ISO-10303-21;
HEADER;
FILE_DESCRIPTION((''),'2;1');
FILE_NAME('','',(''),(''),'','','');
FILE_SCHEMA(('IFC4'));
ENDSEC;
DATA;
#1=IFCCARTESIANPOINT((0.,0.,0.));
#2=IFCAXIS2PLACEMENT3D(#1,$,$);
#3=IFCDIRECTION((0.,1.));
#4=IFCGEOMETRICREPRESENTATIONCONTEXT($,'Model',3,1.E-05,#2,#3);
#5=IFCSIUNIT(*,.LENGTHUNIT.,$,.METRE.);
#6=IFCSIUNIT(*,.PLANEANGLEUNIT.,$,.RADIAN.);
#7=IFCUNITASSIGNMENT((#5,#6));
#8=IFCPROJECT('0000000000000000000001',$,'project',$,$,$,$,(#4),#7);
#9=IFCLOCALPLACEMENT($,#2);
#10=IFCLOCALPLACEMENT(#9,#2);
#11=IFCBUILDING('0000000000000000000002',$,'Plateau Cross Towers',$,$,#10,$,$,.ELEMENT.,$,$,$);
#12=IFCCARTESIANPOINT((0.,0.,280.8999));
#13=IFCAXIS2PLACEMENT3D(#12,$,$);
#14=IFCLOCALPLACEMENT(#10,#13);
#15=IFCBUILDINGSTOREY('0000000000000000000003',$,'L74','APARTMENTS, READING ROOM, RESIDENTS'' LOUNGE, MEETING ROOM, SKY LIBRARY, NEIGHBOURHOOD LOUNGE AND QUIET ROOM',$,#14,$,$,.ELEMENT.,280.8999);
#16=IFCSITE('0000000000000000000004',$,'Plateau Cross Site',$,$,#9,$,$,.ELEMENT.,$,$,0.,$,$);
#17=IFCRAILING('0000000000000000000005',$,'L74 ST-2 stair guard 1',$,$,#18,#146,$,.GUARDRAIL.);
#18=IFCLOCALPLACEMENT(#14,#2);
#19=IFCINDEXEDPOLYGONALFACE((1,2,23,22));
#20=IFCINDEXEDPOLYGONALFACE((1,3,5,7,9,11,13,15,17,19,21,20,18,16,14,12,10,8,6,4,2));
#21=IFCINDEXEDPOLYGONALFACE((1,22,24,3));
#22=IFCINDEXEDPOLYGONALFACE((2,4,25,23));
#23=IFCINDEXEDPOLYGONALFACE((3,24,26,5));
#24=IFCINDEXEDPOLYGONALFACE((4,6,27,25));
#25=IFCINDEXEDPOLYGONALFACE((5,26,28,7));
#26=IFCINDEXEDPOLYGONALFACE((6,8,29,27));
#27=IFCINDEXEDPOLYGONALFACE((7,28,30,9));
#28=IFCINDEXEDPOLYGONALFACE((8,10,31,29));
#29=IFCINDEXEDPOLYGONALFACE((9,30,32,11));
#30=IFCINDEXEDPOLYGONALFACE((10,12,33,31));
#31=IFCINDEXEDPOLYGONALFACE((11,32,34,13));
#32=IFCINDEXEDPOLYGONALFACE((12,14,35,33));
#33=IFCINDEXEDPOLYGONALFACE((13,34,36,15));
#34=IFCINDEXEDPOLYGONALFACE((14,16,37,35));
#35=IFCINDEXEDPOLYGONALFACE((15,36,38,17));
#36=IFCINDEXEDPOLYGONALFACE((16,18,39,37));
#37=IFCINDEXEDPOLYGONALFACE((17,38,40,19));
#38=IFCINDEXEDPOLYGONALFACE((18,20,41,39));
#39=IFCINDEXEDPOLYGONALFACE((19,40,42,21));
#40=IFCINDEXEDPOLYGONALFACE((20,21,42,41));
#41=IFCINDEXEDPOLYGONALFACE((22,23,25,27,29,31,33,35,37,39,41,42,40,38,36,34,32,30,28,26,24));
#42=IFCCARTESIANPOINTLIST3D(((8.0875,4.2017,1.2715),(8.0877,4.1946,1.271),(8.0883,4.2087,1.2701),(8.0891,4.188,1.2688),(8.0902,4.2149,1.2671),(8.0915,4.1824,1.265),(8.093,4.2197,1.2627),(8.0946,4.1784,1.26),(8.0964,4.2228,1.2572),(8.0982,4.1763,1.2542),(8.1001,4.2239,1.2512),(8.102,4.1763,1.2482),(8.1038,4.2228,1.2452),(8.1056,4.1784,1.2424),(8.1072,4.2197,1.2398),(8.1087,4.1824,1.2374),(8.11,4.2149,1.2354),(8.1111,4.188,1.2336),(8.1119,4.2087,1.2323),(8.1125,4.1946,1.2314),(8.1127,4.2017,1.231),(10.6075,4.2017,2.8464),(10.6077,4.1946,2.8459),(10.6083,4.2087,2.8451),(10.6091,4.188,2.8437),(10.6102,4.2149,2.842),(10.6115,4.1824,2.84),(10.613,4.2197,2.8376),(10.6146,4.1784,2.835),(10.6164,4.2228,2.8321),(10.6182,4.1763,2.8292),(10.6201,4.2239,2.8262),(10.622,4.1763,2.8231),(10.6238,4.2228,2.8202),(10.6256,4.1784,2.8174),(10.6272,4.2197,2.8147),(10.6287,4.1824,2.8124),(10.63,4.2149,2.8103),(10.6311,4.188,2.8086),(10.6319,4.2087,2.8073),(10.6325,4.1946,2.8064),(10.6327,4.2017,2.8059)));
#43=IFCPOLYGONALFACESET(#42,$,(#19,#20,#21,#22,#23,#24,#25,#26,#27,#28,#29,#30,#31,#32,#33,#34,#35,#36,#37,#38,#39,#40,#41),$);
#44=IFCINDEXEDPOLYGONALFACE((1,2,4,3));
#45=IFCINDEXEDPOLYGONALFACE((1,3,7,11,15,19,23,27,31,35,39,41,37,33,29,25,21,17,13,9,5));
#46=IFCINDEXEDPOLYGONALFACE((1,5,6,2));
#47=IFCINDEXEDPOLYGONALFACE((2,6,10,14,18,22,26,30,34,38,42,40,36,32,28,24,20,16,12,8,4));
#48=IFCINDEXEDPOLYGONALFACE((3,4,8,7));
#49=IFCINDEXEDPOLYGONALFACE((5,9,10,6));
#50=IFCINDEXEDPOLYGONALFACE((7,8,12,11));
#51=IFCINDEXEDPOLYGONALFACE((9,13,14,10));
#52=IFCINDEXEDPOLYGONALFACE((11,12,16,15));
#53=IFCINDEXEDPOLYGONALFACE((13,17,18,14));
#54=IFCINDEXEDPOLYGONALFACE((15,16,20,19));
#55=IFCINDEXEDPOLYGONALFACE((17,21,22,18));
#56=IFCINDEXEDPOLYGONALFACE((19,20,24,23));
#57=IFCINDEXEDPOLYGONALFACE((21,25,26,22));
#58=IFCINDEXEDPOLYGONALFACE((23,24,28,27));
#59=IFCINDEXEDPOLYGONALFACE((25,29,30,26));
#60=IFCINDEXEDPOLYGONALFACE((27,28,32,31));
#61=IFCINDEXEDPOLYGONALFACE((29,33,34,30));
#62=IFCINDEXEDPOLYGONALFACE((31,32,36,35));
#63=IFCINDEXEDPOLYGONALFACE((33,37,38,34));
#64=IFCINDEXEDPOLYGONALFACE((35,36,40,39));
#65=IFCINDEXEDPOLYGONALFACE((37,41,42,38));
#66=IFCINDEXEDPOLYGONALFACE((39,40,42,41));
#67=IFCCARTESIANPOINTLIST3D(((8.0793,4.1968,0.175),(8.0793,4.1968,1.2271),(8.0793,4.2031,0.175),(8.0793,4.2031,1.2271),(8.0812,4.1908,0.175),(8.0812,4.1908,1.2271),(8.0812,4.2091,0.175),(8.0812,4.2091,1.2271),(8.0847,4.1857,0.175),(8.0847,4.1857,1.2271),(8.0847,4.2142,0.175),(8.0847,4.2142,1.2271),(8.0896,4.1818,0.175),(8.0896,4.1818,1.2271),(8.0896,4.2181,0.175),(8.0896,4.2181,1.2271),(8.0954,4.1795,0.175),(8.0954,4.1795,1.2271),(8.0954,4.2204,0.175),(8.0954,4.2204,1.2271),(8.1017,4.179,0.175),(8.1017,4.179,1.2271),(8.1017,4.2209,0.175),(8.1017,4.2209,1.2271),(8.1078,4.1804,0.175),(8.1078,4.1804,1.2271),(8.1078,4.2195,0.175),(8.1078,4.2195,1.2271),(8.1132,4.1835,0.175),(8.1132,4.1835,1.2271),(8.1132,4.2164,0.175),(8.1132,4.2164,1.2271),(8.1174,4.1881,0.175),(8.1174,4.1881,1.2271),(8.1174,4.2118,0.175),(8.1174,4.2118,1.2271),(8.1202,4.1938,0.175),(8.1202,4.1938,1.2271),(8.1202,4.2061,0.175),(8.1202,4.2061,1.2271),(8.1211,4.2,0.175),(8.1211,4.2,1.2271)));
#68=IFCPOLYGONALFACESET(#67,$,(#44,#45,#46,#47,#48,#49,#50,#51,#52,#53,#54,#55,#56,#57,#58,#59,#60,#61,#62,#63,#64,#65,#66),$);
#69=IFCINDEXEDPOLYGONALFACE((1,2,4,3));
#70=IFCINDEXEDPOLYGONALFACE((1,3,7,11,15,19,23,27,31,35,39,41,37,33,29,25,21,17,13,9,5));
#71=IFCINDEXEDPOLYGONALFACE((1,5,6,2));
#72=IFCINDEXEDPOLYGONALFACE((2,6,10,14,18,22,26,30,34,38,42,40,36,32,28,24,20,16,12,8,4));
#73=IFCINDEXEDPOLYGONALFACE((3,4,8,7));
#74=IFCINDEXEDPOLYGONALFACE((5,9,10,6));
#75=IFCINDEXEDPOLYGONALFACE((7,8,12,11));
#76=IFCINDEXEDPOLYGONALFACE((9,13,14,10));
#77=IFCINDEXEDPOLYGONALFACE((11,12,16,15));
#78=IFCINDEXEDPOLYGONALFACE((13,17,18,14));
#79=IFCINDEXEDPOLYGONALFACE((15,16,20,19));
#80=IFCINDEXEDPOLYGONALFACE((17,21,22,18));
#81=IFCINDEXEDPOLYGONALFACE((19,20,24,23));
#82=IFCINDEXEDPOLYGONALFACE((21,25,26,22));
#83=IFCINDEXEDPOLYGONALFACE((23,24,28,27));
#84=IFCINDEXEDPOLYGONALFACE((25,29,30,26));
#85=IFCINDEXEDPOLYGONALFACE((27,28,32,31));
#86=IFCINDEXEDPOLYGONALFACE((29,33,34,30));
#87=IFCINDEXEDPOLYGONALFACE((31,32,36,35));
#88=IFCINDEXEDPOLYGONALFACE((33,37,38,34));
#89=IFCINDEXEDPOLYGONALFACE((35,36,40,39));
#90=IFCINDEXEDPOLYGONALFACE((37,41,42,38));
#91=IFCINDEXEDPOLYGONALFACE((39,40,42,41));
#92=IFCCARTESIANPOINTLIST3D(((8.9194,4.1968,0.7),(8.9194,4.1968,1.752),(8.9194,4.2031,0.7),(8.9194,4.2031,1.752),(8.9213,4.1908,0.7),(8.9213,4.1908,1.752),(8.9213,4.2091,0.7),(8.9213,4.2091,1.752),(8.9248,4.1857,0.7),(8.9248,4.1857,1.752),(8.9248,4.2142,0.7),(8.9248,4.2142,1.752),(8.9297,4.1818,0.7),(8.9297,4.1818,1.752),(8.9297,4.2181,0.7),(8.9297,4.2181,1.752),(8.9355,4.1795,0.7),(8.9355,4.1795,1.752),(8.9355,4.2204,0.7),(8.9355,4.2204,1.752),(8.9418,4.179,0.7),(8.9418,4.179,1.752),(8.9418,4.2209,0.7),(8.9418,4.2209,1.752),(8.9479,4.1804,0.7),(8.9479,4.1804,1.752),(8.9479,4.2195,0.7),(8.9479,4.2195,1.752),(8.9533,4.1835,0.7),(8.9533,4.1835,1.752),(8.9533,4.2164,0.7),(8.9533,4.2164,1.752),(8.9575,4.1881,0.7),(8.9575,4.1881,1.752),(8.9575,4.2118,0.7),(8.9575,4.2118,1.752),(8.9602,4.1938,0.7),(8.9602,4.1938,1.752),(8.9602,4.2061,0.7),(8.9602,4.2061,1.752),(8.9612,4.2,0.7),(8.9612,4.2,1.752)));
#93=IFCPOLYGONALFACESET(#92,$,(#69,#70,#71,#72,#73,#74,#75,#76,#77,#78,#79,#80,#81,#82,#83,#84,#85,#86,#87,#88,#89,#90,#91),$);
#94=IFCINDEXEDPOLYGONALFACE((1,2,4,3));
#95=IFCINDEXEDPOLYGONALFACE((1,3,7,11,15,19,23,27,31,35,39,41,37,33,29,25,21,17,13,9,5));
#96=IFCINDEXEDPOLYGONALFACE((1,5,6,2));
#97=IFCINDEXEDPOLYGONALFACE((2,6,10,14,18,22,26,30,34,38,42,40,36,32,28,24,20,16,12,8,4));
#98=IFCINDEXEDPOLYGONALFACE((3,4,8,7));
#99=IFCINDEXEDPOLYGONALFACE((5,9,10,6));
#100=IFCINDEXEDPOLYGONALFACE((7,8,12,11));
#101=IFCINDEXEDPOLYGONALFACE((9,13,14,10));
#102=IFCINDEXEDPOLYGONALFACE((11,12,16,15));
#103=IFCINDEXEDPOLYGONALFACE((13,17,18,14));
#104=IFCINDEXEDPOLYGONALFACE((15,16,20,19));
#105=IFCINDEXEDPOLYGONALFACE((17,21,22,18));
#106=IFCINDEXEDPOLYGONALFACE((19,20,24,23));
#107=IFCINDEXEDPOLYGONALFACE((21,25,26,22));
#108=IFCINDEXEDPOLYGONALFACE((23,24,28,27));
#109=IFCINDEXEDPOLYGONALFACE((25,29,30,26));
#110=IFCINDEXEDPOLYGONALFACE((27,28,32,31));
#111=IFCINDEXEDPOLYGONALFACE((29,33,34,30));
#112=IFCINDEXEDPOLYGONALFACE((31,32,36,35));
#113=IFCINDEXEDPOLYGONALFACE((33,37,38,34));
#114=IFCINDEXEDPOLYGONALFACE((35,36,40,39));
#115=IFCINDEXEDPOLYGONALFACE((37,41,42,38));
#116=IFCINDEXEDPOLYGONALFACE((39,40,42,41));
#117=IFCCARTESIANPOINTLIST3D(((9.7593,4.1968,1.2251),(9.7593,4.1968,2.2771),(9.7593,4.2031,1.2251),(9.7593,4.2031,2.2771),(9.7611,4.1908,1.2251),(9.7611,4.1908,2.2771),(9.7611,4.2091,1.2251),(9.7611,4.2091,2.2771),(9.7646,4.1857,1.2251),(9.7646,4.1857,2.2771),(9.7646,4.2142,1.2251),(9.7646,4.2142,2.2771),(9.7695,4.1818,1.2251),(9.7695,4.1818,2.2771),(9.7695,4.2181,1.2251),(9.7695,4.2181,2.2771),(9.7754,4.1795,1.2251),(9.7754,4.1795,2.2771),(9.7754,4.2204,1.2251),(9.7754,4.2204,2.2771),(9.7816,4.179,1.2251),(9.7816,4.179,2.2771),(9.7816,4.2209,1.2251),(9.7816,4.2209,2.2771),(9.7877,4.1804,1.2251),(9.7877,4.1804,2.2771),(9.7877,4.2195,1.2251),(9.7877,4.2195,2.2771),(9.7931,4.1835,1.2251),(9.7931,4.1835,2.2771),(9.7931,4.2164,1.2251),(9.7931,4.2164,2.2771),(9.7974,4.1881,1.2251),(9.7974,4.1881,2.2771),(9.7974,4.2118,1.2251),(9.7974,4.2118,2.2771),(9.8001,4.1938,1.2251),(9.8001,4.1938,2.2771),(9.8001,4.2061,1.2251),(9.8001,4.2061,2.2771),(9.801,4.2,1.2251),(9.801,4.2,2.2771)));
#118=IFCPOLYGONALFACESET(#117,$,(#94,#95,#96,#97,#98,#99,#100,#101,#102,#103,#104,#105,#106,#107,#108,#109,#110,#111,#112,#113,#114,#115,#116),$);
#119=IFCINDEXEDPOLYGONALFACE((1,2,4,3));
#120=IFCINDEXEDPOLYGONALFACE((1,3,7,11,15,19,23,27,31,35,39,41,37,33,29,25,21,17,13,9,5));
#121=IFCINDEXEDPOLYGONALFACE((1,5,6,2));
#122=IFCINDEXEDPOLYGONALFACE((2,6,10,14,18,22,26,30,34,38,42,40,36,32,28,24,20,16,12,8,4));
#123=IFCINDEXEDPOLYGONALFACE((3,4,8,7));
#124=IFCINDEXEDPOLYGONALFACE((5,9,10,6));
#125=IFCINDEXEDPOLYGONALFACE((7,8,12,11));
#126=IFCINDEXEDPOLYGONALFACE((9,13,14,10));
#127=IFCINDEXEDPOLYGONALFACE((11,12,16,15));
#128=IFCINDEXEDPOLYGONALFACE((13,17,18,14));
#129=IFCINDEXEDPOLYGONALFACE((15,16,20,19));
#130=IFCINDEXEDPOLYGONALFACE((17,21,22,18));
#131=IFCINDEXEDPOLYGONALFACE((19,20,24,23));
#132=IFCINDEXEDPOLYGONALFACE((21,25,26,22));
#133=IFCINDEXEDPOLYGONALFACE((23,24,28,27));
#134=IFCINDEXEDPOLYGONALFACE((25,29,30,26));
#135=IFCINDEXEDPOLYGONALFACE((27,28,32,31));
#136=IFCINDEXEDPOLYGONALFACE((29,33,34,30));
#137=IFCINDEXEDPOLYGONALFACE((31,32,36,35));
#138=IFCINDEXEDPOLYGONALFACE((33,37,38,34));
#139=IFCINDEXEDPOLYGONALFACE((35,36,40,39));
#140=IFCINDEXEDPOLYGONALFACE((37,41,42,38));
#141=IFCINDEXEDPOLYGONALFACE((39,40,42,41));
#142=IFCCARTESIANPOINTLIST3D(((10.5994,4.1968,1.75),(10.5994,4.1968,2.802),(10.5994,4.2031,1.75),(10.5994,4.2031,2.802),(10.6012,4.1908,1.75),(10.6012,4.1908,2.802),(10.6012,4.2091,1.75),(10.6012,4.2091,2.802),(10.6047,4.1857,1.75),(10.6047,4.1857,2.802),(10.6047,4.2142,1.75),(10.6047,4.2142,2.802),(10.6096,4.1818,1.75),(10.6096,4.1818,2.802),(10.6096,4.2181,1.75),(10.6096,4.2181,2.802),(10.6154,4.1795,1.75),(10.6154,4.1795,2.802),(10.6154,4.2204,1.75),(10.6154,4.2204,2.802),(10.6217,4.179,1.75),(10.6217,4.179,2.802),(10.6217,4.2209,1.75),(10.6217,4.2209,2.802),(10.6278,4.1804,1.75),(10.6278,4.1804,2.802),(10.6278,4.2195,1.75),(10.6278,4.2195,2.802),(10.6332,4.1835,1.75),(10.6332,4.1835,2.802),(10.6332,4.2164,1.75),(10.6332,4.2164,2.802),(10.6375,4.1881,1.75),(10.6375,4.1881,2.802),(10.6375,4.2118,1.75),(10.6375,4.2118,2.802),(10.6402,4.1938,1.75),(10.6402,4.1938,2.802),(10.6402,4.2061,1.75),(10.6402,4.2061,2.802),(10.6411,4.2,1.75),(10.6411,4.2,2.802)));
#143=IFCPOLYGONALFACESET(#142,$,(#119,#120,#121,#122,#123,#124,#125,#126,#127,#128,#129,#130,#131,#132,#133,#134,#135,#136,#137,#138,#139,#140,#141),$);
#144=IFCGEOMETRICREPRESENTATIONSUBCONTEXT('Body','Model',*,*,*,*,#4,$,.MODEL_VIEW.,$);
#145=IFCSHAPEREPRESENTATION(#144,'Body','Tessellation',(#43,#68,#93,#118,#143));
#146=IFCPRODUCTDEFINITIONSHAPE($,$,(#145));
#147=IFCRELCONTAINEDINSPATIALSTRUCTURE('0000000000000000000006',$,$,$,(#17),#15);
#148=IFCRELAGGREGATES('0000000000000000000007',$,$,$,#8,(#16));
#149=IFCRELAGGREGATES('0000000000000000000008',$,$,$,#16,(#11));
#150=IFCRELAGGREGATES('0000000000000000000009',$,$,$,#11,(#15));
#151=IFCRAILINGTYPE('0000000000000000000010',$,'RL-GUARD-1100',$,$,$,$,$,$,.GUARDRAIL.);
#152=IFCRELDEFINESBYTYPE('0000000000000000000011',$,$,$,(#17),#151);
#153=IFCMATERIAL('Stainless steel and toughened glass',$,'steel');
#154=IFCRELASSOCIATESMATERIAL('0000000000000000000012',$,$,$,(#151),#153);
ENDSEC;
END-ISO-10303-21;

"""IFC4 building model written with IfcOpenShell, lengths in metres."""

from ifc_helpers import new_model, si_unit, direction, frame, origin, origin_2d, place, context, subcontext, project, spatial, circle, extrude, material, type_object, element, save


model = new_model("IFC4")

# Units and contexts
model_context = context("Model", 3, precision=1e-05, world=origin(), true_north=direction((0.0, 1.0)))
body_context = subcontext(model_context, "Body", "Model", "MODEL_VIEW")
ifc_project = project(units=[si_unit("LENGTHUNIT", "METRE"), si_unit("PLANEANGLEUNIT", "RADIAN")], contexts=[model_context])

# Site, building, storey
site_placement = place(None, origin())
site = spatial("IfcSite", under=ifc_project, at=site_placement, Name="Plateau Cross Site", CompositionType="ELEMENT", RefElevation=0.0)
building_placement = place(site_placement, origin())
building = spatial("IfcBuilding", under=site, at=building_placement, Name="Plateau Cross Towers", CompositionType="ELEMENT")
storey_placement = place(building_placement, frame((0.0, 0.0, 280.8999)))
storey = spatial("IfcBuildingStorey", under=building, at=storey_placement, Name="L74", Description="APARTMENTS, READING ROOM, RESIDENTS' LOUNGE, MEETING ROOM, SKY LIBRARY, NEIGHBOURHOOD LOUNGE AND QUIET ROOM", CompositionType="ELEMENT", Elevation=280.8999)

# Railing
ifc_material_1 = material(Name="Stainless steel and toughened glass", Category="steel")
railing_type_1 = type_object("IfcRailingType", Name="RL-GUARD-1100", PredefinedType="GUARDRAIL", material=ifc_material_1)
railing_1_placement = place(storey_placement, frame((8.1001, 4.2, 0.175)))
element("IfcRailing", 1, at=railing_1_placement, inside=storey, type_object=railing_type_1, Name="L74 ST-2 stair guard 1", PredefinedType="GUARDRAIL", context=body_context, shape_type="SweptSolid", body=[
    extrude(circle(Radius=0.0239, at=origin_2d()), frame((0.0, 0.0, 1.0762), z_axis=(0.848008, 0.0, 0.529984), x_axis=(0.0, 1.0, 0.0)), (0.0, 0.0, 1.0), 2.9717),
    extrude(circle(Radius=0.021, at=origin_2d()), origin(), (0.0, 0.0, 1.0), 1.052),
    extrude(circle(Radius=0.021, at=origin_2d()), frame((0.8401, 0.0, 0.5249)), (0.0, 0.0, 1.0), 1.052),
    extrude(circle(Radius=0.021, at=origin_2d()), frame((1.6799, 0.0, 1.05)), (0.0, 0.0, 1.0), 1.052),
    extrude(circle(Radius=0.021, at=origin_2d()), frame((2.52, 0.0, 1.575)), (0.0, 0.0, 1.0), 1.052),
])

save(model, "model.ifc")
